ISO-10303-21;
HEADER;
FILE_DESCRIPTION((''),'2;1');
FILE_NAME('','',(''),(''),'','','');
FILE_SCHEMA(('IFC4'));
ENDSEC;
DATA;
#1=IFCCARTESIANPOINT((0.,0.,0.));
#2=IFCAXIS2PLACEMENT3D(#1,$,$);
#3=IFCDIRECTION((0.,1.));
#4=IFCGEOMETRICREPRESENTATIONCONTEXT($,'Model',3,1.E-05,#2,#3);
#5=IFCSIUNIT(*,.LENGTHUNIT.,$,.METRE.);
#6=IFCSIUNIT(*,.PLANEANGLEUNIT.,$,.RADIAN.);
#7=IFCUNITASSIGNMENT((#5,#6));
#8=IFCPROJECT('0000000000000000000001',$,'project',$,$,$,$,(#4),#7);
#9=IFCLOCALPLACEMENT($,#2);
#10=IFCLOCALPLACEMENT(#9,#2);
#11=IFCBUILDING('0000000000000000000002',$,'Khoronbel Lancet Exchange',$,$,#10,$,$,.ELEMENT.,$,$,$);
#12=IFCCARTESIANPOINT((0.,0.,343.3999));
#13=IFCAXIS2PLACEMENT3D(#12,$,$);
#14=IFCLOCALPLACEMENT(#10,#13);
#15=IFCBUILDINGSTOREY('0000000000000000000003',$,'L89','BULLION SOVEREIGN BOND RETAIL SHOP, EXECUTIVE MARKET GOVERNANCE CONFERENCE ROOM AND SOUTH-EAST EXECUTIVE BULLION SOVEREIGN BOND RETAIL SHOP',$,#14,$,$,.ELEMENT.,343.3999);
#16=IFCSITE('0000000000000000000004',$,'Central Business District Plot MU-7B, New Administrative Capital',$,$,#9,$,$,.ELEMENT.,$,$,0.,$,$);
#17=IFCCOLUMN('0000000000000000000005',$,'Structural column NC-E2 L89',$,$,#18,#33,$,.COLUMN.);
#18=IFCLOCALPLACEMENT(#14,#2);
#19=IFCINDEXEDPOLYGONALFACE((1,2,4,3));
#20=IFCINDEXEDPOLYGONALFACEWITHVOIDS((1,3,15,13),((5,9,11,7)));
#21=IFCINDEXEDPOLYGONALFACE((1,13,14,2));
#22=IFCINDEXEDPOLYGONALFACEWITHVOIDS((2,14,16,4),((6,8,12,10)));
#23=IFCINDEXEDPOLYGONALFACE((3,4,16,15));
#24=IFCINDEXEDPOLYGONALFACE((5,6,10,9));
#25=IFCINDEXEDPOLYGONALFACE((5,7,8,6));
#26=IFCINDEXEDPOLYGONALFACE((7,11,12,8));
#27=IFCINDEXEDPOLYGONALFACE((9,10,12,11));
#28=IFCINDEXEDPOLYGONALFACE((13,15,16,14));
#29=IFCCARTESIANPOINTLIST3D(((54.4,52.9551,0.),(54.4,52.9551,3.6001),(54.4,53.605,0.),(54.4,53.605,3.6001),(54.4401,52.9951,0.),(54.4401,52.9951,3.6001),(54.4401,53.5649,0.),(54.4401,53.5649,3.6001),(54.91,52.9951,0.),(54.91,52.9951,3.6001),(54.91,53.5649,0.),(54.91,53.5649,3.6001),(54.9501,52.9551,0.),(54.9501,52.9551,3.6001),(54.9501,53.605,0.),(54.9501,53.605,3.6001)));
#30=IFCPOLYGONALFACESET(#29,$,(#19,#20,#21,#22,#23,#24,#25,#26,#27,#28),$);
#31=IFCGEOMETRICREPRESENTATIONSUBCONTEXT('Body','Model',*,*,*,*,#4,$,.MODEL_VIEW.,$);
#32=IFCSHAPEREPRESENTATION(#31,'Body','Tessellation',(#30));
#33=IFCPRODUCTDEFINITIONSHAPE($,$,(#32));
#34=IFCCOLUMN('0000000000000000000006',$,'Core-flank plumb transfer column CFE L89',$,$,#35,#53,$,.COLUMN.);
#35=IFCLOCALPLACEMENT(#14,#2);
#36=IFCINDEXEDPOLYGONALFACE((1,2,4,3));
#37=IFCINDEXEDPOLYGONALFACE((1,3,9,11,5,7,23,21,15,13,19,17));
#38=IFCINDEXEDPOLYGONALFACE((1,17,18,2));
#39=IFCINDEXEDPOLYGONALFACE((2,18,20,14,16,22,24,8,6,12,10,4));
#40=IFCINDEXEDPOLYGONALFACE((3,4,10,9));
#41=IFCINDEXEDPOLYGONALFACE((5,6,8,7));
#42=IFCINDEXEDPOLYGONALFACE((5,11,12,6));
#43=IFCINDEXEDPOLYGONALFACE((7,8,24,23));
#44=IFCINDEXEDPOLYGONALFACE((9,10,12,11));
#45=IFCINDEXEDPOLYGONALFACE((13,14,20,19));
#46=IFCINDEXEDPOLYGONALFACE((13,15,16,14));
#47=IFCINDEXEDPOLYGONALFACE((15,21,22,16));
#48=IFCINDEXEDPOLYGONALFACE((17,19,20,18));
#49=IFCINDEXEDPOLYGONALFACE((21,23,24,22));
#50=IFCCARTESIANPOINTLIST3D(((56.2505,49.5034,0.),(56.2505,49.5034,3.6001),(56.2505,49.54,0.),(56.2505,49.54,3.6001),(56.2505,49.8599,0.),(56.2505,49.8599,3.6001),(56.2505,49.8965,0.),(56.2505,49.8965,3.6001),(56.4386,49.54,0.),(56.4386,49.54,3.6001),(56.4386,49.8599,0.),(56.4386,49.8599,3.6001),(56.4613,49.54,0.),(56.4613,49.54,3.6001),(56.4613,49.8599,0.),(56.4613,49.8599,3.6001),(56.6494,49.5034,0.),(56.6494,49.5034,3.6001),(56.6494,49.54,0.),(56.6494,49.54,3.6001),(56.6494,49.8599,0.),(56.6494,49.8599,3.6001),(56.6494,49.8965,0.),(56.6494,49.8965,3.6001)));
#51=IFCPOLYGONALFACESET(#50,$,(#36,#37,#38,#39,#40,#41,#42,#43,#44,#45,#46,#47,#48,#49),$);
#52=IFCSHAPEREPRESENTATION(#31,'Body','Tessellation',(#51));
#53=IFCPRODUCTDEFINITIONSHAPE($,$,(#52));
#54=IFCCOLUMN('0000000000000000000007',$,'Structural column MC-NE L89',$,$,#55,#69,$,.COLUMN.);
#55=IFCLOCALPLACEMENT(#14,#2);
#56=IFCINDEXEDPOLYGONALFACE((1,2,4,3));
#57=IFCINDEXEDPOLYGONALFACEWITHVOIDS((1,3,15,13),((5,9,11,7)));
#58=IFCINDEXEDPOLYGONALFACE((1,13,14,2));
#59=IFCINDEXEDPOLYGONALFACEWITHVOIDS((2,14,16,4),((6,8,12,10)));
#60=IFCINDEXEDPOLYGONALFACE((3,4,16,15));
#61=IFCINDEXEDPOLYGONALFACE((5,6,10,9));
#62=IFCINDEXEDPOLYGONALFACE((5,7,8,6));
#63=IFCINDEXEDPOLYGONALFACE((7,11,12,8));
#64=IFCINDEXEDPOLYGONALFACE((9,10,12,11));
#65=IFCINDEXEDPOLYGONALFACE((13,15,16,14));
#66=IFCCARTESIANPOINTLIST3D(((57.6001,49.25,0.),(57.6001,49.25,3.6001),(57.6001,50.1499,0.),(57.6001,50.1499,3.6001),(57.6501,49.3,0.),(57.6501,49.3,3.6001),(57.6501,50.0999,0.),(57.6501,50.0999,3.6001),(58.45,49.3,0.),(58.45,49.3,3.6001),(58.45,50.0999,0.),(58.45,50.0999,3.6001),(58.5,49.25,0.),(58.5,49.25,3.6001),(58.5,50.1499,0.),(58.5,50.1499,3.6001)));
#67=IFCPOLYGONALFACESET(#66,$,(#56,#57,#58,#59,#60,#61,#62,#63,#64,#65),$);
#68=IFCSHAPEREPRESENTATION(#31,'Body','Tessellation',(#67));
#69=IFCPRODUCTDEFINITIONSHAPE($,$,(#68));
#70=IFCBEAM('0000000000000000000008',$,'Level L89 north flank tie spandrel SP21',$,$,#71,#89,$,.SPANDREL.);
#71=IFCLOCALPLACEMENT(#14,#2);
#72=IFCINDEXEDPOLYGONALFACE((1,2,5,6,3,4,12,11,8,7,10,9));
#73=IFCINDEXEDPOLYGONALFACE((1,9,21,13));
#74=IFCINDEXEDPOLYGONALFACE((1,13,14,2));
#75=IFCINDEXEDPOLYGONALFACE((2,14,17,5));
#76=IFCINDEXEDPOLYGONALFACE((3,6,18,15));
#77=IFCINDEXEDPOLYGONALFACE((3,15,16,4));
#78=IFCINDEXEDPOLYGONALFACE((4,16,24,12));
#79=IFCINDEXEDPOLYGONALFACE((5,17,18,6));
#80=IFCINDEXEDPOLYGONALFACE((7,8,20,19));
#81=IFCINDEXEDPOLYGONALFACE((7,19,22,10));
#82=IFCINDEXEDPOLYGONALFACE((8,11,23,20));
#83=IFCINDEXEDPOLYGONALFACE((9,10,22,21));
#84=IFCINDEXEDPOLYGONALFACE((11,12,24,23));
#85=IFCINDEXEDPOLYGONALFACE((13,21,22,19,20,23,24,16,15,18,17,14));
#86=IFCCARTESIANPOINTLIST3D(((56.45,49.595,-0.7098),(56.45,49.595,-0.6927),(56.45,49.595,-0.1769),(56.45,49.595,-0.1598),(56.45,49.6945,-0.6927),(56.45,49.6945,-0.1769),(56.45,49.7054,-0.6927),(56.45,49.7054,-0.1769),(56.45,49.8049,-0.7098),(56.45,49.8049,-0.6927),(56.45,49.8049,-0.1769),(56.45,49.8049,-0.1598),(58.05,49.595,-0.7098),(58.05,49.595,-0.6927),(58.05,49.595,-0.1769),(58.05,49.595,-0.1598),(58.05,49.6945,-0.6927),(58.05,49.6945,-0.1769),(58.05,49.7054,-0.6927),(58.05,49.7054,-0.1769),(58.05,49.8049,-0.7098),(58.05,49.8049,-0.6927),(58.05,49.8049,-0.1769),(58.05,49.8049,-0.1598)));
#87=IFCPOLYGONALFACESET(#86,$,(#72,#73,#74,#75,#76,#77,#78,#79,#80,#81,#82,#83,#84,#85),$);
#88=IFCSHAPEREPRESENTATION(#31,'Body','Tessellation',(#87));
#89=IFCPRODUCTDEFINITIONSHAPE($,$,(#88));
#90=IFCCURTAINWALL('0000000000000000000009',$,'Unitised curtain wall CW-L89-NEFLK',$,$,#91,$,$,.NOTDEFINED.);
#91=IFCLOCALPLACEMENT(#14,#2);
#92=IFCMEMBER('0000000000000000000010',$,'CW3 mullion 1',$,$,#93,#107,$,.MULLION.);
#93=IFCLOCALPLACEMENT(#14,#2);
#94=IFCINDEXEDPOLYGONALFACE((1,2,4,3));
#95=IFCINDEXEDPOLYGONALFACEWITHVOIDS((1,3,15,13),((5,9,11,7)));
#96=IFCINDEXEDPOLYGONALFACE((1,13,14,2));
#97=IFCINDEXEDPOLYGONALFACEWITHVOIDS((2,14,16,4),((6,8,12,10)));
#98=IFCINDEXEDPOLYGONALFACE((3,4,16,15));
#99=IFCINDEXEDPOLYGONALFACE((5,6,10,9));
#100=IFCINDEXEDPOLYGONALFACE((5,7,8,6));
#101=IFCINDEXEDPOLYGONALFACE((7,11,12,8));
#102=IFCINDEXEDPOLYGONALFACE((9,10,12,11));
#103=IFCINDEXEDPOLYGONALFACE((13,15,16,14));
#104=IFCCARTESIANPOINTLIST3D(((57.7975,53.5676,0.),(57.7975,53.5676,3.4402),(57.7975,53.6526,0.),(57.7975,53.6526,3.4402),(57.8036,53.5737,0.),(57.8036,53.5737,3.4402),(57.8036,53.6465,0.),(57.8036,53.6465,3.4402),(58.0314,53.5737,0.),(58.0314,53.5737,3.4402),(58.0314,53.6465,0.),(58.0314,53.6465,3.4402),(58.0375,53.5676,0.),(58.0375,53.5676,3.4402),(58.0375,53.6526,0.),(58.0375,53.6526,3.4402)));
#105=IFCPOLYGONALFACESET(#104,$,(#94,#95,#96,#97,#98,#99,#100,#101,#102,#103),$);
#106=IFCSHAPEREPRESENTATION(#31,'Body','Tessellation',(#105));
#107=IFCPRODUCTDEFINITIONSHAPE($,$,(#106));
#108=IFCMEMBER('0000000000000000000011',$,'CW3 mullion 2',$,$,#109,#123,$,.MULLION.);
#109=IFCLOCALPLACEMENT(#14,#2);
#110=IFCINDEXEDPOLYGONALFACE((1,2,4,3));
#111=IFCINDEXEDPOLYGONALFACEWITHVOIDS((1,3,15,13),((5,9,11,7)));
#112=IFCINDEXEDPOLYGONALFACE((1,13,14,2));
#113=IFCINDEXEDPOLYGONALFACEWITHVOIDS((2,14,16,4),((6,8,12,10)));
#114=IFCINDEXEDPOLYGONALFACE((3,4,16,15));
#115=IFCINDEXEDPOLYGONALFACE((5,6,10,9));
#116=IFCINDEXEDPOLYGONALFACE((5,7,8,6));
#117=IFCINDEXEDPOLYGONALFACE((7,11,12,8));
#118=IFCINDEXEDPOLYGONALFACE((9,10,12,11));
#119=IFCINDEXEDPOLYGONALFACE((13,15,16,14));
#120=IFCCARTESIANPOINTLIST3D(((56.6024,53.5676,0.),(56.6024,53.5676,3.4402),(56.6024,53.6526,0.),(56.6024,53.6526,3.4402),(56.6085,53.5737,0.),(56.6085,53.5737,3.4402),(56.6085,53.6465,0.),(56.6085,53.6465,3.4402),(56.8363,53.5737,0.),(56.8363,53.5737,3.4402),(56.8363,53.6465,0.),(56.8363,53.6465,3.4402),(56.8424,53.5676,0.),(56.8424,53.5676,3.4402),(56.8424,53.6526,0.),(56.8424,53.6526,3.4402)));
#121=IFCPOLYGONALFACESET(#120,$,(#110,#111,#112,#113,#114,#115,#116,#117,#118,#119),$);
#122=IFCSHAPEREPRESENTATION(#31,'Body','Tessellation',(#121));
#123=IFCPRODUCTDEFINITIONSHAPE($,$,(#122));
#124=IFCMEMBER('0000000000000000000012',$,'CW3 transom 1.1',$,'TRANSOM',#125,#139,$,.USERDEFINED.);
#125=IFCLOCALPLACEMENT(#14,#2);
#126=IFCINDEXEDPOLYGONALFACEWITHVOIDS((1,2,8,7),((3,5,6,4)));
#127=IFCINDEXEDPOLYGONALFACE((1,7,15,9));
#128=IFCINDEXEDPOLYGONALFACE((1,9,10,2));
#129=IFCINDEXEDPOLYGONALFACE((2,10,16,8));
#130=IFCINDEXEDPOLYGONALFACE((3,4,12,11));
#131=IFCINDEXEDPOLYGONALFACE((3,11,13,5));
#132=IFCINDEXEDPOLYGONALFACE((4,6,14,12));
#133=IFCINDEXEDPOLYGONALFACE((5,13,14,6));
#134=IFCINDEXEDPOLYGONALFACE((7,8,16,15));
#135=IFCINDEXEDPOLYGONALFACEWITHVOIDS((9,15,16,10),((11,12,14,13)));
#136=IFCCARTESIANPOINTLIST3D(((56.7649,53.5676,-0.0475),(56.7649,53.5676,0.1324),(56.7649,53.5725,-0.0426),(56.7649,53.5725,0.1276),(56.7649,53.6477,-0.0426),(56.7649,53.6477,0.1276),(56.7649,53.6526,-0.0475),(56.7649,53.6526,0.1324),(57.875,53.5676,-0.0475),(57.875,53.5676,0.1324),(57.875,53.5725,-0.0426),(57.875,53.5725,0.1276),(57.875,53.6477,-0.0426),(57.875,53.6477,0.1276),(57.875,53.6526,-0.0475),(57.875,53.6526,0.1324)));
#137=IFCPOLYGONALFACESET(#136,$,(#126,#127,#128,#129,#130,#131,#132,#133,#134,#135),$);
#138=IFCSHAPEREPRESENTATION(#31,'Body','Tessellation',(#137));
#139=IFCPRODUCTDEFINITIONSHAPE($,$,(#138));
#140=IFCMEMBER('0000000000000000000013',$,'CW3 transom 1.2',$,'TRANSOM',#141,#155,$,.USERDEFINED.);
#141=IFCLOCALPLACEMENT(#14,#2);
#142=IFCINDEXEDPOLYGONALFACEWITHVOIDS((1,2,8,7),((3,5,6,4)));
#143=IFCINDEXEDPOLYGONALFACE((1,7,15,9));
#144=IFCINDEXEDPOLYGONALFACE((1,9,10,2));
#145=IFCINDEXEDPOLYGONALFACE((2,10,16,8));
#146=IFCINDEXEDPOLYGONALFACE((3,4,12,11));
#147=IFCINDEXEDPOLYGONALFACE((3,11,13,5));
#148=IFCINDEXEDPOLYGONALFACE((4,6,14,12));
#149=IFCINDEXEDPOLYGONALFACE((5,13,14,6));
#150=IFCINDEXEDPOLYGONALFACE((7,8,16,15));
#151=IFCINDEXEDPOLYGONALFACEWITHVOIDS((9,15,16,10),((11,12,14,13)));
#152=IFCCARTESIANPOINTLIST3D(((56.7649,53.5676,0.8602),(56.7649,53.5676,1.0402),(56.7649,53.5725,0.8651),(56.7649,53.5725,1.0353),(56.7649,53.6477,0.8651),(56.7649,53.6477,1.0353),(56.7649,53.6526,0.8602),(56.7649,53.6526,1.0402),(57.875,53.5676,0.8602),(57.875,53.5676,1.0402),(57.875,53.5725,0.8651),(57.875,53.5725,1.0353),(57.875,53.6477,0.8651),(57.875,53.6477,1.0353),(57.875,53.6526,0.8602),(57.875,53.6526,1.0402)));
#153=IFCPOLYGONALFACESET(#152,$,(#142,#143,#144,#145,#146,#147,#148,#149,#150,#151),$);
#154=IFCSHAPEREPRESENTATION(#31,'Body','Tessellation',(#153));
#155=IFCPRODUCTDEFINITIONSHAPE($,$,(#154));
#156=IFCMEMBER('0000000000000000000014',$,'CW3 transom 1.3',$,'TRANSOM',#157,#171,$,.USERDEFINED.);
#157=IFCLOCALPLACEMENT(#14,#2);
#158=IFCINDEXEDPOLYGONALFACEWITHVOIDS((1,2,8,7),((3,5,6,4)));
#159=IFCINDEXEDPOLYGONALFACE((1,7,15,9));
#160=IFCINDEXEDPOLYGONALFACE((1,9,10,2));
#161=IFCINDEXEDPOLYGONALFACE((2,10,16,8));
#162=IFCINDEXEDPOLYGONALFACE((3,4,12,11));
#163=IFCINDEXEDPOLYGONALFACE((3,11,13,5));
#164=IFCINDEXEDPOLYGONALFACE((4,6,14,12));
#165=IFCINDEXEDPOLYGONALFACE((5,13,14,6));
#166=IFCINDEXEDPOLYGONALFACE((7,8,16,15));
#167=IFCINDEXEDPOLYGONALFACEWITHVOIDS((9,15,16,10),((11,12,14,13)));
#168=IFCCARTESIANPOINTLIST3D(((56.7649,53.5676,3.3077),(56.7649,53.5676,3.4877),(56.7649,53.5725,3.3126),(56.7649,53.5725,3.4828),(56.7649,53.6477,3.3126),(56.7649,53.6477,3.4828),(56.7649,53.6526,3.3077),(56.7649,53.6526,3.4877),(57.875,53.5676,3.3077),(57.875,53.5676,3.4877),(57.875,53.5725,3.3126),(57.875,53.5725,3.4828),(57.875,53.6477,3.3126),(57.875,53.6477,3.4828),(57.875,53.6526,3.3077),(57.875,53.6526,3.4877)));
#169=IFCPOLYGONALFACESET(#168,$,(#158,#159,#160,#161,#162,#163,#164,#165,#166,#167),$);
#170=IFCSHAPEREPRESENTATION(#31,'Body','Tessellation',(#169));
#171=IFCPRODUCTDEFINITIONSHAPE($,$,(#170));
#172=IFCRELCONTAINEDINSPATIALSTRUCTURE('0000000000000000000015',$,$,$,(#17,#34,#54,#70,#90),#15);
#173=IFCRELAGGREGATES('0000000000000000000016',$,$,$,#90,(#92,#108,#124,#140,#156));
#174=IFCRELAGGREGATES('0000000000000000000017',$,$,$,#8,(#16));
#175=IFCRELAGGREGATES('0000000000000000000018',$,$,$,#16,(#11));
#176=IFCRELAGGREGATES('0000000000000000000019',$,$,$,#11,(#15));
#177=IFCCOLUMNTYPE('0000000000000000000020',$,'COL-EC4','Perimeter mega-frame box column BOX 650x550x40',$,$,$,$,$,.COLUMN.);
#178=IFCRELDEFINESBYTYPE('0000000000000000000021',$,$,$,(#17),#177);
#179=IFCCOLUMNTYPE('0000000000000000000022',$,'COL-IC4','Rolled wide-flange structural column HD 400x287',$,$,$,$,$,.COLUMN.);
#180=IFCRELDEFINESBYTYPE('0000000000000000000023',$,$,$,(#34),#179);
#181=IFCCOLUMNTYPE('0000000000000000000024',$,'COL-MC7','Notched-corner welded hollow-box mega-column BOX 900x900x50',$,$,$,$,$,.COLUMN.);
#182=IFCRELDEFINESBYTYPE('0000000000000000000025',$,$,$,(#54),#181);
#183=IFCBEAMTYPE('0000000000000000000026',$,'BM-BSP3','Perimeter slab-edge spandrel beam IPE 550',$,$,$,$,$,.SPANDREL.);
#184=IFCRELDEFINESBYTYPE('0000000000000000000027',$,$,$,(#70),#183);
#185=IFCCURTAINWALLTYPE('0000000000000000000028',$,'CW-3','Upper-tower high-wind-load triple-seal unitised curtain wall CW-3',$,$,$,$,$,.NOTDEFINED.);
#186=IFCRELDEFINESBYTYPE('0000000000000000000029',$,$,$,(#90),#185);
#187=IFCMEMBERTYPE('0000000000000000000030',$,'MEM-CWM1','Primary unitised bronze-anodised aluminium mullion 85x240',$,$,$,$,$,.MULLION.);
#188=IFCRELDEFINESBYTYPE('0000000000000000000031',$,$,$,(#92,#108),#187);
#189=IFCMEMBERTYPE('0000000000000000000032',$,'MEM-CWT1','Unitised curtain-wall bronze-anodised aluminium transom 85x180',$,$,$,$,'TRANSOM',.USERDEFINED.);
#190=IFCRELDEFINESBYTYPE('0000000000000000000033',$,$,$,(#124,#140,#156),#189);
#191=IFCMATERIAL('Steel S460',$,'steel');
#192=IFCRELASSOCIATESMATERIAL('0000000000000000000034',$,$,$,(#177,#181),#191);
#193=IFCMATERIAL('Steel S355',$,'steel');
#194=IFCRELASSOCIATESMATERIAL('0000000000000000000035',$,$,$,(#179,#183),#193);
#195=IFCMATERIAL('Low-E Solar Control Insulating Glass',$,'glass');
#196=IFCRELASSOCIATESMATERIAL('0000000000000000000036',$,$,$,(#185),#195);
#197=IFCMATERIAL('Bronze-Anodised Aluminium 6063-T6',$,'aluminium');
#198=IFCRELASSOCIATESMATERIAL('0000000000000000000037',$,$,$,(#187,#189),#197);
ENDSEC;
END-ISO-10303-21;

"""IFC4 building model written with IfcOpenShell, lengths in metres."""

from ifc_helpers import new_model, si_unit, direction, frame, origin, origin_2d, place, context, subcontext, project, spatial, hollow_rectangle, i_section, extrude, material, material_profile, profile_set, type_object, element, aggregate, save


model = new_model("IFC4")

# Units and contexts
model_context = context("Model", 3, precision=1e-05, world=origin(), true_north=direction((0.0, 1.0)))
body_context = subcontext(model_context, "Body", "Model", "MODEL_VIEW")
ifc_project = project(units=[si_unit("LENGTHUNIT", "METRE"), si_unit("PLANEANGLEUNIT", "RADIAN")], contexts=[model_context])

# Site, building, storey
site_placement = place(None, origin())
site = spatial("IfcSite", under=ifc_project, at=site_placement, Name="Central Business District Plot MU-7B, New Administrative Capital", CompositionType="ELEMENT", RefElevation=0.0)
building_placement = place(site_placement, origin())
building = spatial("IfcBuilding", under=site, at=building_placement, Name="Khoronbel Lancet Exchange", CompositionType="ELEMENT")
storey_placement = place(building_placement, frame((0.0, 0.0, 343.3999)))
storey = spatial("IfcBuildingStorey", under=building, at=storey_placement, Name="L89", Description="BULLION SOVEREIGN BOND RETAIL SHOP, EXECUTIVE MARKET GOVERNANCE CONFERENCE ROOM AND SOUTH-EAST EXECUTIVE BULLION SOVEREIGN BOND RETAIL SHOP", CompositionType="ELEMENT", Elevation=343.3999)

# Columns
ifc_material_1 = material(Name="Steel S460", Category="steel")
ifc_material_profile_1 = material_profile(ifc_material_1, hollow_rectangle(XDim=0.55, YDim=0.6499, WallThickness=0.04, at=origin_2d()), Name="BOX 650x550x40")
ifc_profile_set_1 = profile_set([ifc_material_profile_1], Name="Steel S460")
column_type_1 = type_object("IfcColumnType", Name="COL-EC4", Description="Perimeter mega-frame box column BOX 650x550x40", PredefinedType="COLUMN", material=ifc_profile_set_1)
column_1_placement = place(storey_placement, frame((54.675, 53.28, 0.0), z_axis=(0.0, 0.0, 1.0), x_axis=(1.0, 0.0, 0.0)))
element("IfcColumn", 1, at=column_1_placement, inside=storey, type_object=column_type_1, Name="Structural column NC-E2 L89", PredefinedType="COLUMN", context=body_context, shape_type="SweptSolid", body=[
    extrude(hollow_rectangle(XDim=0.55, YDim=0.6499, WallThickness=0.04, at=origin_2d()), origin(), (0.0, 0.0, 1.0), 3.6001),
])
ifc_material_2 = material(Name="Steel S355", Category="steel")
ifc_material_profile_2 = material_profile(ifc_material_2, i_section(OverallWidth=0.3989, OverallDepth=0.3931, WebThickness=0.0227, FlangeThickness=0.0366, at=origin_2d()), Name="HD 400x287")
ifc_profile_set_2 = profile_set([ifc_material_profile_2], Name="Steel S355")
column_type_2 = type_object("IfcColumnType", Name="COL-IC4", Description="Rolled wide-flange structural column HD 400x287", PredefinedType="COLUMN", material=ifc_profile_set_2)
column_2_placement = place(storey_placement, frame((56.45, 49.7, 0.0), z_axis=(0.0, 0.0, 1.0), x_axis=(1.0, 0.0, 0.0)))
element("IfcColumn", 2, at=column_2_placement, inside=storey, type_object=column_type_2, Name="Core-flank plumb transfer column CFE L89", PredefinedType="COLUMN", context=body_context, shape_type="SweptSolid", body=[
    extrude(i_section(OverallWidth=0.3989, OverallDepth=0.3931, WebThickness=0.0227, FlangeThickness=0.0366, at=origin_2d()), origin(), (0.0, 0.0, 1.0), 3.6001),
])
ifc_material_profile_3 = material_profile(ifc_material_1, hollow_rectangle(XDim=0.8999, YDim=0.8999, WallThickness=0.05, at=origin_2d()), Name="BOX 900x900x50")
ifc_profile_set_3 = profile_set([ifc_material_profile_3], Name="Steel S460")
column_type_3 = type_object("IfcColumnType", Name="COL-MC7", Description="Notched-corner welded hollow-box mega-column BOX 900x900x50", PredefinedType="COLUMN", material=ifc_profile_set_3)
column_3_placement = place(storey_placement, frame((58.05, 49.7, 0.0), z_axis=(0.0, 0.0, 1.0), x_axis=(1.0, 0.0, 0.0)))
element("IfcColumn", 3, at=column_3_placement, inside=storey, type_object=column_type_3, Name="Structural column MC-NE L89", PredefinedType="COLUMN", context=body_context, shape_type="SweptSolid", body=[
    extrude(hollow_rectangle(XDim=0.8999, YDim=0.8999, WallThickness=0.05, at=origin_2d()), origin(), (0.0, 0.0, 1.0), 3.6001),
])

# Beam
ifc_material_profile_4 = material_profile(ifc_material_2, i_section(OverallWidth=0.21, OverallDepth=0.55, WebThickness=0.011, FlangeThickness=0.0171, at=origin_2d()), Name="IPE 550")
ifc_profile_set_4 = profile_set([ifc_material_profile_4], Name="Steel S355")
beam_type = type_object("IfcBeamType", Name="BM-BSP3", Description="Perimeter slab-edge spandrel beam IPE 550", PredefinedType="SPANDREL", material=ifc_profile_set_4)
beam_placement = place(storey_placement, frame((58.05, 49.7, -0.4348), z_axis=(-1.0, 0.0, 0.0), x_axis=(0.0, -1.0, 0.0)))
element("IfcBeam", 4, at=beam_placement, inside=storey, type_object=beam_type, Name="Level L89 north flank tie spandrel SP21", PredefinedType="SPANDREL", context=body_context, shape_type="SweptSolid", body=[
    extrude(i_section(OverallWidth=0.21, OverallDepth=0.55, WebThickness=0.011, FlangeThickness=0.0171, at=origin_2d()), origin(), (0.0, 0.0, 1.0), 1.6001),
])

# Curtain wall, members
ifc_material_3 = material(Name="Low-E Solar Control Insulating Glass", Category="glass")
curtain_wall_type = type_object("IfcCurtainWallType", Name="CW-3", Description="Upper-tower high-wind-load triple-seal unitised curtain wall CW-3", PredefinedType="NOTDEFINED", material=ifc_material_3)
curtain_wall_placement = place(storey_placement, origin())
curtain_wall = element("IfcCurtainWall", 5, at=curtain_wall_placement, inside=storey, type_object=curtain_wall_type, Name="Unitised curtain wall CW-L89-NEFLK", PredefinedType="NOTDEFINED")
ifc_material_4 = material(Name="Bronze-Anodised Aluminium 6063-T6", Category="aluminium")
ifc_material_profile_5 = material_profile(ifc_material_4, hollow_rectangle(XDim=0.085, YDim=0.24, WallThickness=0.0061, at=origin_2d()), Name="ALU MULLION 85x240")
ifc_profile_set_5 = profile_set([ifc_material_profile_5], Name="Bronze-Anodised Aluminium 6063-T6")
member_type_1 = type_object("IfcMemberType", Name="MEM-CWM1", Description="Primary unitised bronze-anodised aluminium mullion 85x240", PredefinedType="MULLION", material=ifc_profile_set_5)
member_1_placement = place(storey_placement, frame((57.9175, 53.6101, 0.0), z_axis=(0.0, 0.0, 1.0), x_axis=(0.0, -1.0, 0.0)))
member_1 = element("IfcMember", 6, at=member_1_placement, type_object=member_type_1, Name="CW3 mullion 1", PredefinedType="MULLION", context=body_context, shape_type="SweptSolid", body=[
    extrude(hollow_rectangle(XDim=0.085, YDim=0.24, WallThickness=0.0061, at=origin_2d()), origin(), (0.0, 0.0, 1.0), 3.4402),
])
member_2_placement = place(storey_placement, frame((56.7224, 53.6101, 0.0), z_axis=(0.0, 0.0, 1.0), x_axis=(0.0, -1.0, 0.0)))
member_2 = element("IfcMember", 7, at=member_2_placement, type_object=member_type_1, Name="CW3 mullion 2", PredefinedType="MULLION", context=body_context, shape_type="SweptSolid", body=[
    extrude(hollow_rectangle(XDim=0.085, YDim=0.24, WallThickness=0.0061, at=origin_2d()), origin(), (0.0, 0.0, 1.0), 3.4402),
])
ifc_material_profile_6 = material_profile(ifc_material_4, hollow_rectangle(XDim=0.085, YDim=0.1799, WallThickness=0.0049, at=origin_2d()), Name="ALU TRANSOM 85x180")
ifc_profile_set_6 = profile_set([ifc_material_profile_6], Name="Bronze-Anodised Aluminium 6063-T6")
member_type_2 = type_object("IfcMemberType", Name="MEM-CWT1", Description="Unitised curtain-wall bronze-anodised aluminium transom 85x180", ElementType="TRANSOM", PredefinedType="USERDEFINED", material=ifc_profile_set_6)
member_3_placement = place(storey_placement, frame((57.875, 53.6101, 0.0425), z_axis=(-1.0, 0.0, 0.0), x_axis=(0.0, -1.0, 0.0)))
member_3 = element("IfcMember", 8, at=member_3_placement, type_object=member_type_2, Name="CW3 transom 1.1", ObjectType="TRANSOM", PredefinedType="USERDEFINED", context=body_context, shape_type="SweptSolid", body=[
    extrude(hollow_rectangle(XDim=0.085, YDim=0.1799, WallThickness=0.0049, at=origin_2d()), origin(), (0.0, 0.0, 1.0), 1.1101),
])
member_4_placement = place(storey_placement, frame((57.875, 53.6101, 0.9502), z_axis=(-1.0, 0.0, 0.0), x_axis=(0.0, -1.0, 0.0)))
member_4 = element("IfcMember", 9, at=member_4_placement, type_object=member_type_2, Name="CW3 transom 1.2", ObjectType="TRANSOM", PredefinedType="USERDEFINED", context=body_context, shape_type="SweptSolid", body=[
    extrude(hollow_rectangle(XDim=0.085, YDim=0.1799, WallThickness=0.0049, at=origin_2d()), origin(), (0.0, 0.0, 1.0), 1.1101),
])
member_5_placement = place(storey_placement, frame((57.875, 53.6101, 3.3977), z_axis=(-1.0, 0.0, 0.0), x_axis=(0.0, -1.0, 0.0)))
member_5 = element("IfcMember", 10, at=member_5_placement, type_object=member_type_2, Name="CW3 transom 1.3", ObjectType="TRANSOM", PredefinedType="USERDEFINED", context=body_context, shape_type="SweptSolid", body=[
    extrude(hollow_rectangle(XDim=0.085, YDim=0.1799, WallThickness=0.0049, at=origin_2d()), origin(), (0.0, 0.0, 1.0), 1.1101),
])
aggregate(curtain_wall, [member_1, member_2, member_3, member_4, member_5])

save(model, "model.ifc")
